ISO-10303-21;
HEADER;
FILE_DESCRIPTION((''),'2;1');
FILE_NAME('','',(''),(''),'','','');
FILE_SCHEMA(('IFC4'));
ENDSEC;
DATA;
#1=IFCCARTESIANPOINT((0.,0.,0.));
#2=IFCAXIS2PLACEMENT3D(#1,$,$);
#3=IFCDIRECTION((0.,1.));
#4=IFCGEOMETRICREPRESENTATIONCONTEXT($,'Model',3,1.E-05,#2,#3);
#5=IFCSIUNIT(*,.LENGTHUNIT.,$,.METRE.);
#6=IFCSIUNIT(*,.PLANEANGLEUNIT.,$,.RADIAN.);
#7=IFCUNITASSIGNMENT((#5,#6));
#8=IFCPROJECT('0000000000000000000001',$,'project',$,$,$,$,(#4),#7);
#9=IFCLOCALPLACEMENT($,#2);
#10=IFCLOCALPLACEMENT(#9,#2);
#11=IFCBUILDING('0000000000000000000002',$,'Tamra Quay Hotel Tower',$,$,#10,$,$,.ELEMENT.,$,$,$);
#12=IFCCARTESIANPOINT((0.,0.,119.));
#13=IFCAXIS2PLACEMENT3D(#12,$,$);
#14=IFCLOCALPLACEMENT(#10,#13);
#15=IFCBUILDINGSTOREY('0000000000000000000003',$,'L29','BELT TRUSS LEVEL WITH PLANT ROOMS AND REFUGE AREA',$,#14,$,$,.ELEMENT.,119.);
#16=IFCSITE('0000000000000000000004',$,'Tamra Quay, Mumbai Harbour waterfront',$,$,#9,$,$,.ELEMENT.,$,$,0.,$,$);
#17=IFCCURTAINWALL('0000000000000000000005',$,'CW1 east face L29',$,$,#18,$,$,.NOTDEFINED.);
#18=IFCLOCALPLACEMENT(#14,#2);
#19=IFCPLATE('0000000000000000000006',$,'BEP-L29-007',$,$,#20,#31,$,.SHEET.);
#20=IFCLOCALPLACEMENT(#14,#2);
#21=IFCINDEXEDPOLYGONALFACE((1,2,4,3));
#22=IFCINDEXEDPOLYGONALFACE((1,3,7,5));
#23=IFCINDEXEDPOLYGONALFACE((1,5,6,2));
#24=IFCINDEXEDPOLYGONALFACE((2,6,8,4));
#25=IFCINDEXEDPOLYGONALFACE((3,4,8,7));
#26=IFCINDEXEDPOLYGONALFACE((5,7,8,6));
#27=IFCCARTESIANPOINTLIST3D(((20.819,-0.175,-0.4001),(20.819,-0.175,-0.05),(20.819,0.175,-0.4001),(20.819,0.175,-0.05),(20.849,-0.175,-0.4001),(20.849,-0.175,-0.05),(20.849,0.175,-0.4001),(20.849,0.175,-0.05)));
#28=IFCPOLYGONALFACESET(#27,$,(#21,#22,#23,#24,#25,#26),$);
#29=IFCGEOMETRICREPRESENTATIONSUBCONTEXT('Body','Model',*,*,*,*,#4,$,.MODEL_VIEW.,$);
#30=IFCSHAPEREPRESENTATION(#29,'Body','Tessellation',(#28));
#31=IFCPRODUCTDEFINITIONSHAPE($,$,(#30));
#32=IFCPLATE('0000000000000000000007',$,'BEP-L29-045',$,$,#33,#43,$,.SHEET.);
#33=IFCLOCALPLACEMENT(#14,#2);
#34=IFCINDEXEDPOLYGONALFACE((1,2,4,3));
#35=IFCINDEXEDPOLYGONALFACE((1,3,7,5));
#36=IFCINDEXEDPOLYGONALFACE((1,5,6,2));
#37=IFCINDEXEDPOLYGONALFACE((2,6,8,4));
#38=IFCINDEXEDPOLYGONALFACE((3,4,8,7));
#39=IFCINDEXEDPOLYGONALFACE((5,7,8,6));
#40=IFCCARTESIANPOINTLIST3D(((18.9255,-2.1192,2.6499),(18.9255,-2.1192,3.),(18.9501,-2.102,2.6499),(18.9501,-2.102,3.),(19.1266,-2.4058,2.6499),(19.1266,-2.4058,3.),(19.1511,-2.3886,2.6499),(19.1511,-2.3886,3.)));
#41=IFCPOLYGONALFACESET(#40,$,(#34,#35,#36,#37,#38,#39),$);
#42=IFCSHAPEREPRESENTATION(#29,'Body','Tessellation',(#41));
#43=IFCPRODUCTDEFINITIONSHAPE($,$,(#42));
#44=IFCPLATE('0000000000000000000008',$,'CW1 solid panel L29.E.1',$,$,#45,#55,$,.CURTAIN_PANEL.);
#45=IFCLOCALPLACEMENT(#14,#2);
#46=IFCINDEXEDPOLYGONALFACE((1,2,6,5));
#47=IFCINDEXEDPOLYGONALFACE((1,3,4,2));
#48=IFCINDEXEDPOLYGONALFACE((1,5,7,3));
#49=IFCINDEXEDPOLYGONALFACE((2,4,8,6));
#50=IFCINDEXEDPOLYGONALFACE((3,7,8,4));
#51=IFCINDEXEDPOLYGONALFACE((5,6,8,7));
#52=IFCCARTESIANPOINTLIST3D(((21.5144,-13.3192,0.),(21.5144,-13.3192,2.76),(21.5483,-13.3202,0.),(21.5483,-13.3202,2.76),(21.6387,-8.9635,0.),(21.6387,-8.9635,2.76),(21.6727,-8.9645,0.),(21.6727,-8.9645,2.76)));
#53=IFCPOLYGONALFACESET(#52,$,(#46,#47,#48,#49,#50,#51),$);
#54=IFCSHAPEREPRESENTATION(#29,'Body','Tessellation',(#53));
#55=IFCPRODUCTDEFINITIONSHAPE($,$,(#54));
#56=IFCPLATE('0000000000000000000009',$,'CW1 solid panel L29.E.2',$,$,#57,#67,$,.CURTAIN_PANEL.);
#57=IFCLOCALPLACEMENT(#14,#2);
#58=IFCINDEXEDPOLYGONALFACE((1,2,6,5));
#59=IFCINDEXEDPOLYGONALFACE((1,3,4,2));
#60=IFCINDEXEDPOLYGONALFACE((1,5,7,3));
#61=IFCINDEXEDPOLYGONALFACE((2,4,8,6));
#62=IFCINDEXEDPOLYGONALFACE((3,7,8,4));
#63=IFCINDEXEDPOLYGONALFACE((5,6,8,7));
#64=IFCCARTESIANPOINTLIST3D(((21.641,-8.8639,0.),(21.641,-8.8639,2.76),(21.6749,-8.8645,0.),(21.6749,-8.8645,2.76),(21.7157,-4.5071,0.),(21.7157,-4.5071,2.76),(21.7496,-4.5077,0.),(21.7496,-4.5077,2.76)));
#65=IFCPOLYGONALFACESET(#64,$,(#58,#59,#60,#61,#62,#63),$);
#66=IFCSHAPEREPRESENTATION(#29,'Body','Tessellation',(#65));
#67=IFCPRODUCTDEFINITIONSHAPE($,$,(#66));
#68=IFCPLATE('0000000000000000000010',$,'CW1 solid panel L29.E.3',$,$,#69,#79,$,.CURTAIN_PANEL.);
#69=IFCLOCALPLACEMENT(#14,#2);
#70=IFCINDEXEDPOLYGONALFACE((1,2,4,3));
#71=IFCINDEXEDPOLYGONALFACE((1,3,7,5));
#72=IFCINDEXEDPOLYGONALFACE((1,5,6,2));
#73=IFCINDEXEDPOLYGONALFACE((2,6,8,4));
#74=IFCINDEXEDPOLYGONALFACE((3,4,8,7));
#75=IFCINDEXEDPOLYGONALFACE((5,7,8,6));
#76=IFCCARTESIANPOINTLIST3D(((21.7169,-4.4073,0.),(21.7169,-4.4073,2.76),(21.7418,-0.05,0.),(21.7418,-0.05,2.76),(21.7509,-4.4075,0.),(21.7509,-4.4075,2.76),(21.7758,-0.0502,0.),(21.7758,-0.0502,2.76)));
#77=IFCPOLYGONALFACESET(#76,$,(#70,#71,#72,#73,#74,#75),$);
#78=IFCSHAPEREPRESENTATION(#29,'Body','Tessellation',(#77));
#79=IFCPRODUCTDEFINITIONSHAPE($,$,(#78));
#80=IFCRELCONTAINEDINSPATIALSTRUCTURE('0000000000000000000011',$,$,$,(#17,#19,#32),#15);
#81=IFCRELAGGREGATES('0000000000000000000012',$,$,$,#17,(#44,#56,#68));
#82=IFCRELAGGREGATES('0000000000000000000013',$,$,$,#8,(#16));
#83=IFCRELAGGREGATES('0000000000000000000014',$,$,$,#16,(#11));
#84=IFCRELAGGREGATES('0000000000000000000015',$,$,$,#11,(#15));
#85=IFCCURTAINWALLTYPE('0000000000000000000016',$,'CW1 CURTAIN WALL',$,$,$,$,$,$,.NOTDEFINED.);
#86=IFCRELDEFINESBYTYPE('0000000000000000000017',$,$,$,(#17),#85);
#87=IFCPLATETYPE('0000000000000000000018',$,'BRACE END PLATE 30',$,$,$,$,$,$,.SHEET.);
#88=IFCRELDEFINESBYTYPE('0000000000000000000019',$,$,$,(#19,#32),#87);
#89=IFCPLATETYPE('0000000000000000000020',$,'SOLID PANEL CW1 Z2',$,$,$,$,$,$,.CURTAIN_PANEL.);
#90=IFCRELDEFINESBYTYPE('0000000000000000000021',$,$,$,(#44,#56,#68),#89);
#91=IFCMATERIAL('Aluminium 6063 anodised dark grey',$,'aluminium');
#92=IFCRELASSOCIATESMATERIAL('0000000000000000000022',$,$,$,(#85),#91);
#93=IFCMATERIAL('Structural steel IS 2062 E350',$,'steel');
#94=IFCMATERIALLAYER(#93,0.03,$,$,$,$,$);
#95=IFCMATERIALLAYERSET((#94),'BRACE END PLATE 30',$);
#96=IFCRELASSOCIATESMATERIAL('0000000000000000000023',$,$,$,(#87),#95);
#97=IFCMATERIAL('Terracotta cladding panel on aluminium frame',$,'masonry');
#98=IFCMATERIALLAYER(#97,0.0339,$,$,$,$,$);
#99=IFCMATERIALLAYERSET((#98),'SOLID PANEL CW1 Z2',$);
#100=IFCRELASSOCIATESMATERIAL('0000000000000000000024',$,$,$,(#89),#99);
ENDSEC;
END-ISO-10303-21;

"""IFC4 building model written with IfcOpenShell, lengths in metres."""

from ifc_helpers import new_model, si_unit, direction, frame, origin, origin_2d, place, context, subcontext, project, spatial, rectangle, extrude, material, layer, layer_set, type_object, element, aggregate, save


model = new_model("IFC4")

# Units and contexts
model_context = context("Model", 3, precision=1e-05, world=origin(), true_north=direction((0.0, 1.0)))
body_context = subcontext(model_context, "Body", "Model", "MODEL_VIEW")
ifc_project = project(units=[si_unit("LENGTHUNIT", "METRE"), si_unit("PLANEANGLEUNIT", "RADIAN")], contexts=[model_context])

# Site, building, storey
site_placement = place(None, origin())
site = spatial("IfcSite", under=ifc_project, at=site_placement, Name="Tamra Quay, Mumbai Harbour waterfront", CompositionType="ELEMENT", RefElevation=0.0)
building_placement = place(site_placement, origin())
building = spatial("IfcBuilding", under=site, at=building_placement, Name="Tamra Quay Hotel Tower", CompositionType="ELEMENT")
storey_placement = place(building_placement, frame((0.0, 0.0, 119.0)))
storey = spatial("IfcBuildingStorey", under=building, at=storey_placement, Name="L29", Description="BELT TRUSS LEVEL WITH PLANT ROOMS AND REFUGE AREA", CompositionType="ELEMENT", Elevation=119.0)

# Shared definitions
ifc_material_1 = material(Name="Structural steel IS 2062 E350", Category="steel")

# Curtain wall
ifc_material_2 = material(Name="Aluminium 6063 anodised dark grey", Category="aluminium")
curtain_wall_type = type_object("IfcCurtainWallType", Name="CW1 CURTAIN WALL", PredefinedType="NOTDEFINED", material=ifc_material_2)
curtain_wall_placement = place(storey_placement, origin())
curtain_wall = element("IfcCurtainWall", 1, at=curtain_wall_placement, inside=storey, type_object=curtain_wall_type, Name="CW1 east face L29", PredefinedType="NOTDEFINED")

# Plates
ifc_layer_1 = layer(ifc_material_1, 0.03)
ifc_layer_set_1 = layer_set([ifc_layer_1], Name="BRACE END PLATE 30")
plate_type_1 = type_object("IfcPlateType", Name="BRACE END PLATE 30", PredefinedType="SHEET", material=ifc_layer_set_1)
for number, where, z_axis, x_axis, name in (
    (2, (20.834, 0.0, -0.4001), (0.0, 0.0, 1.0), (1.0, 0.0, 0.0), "BEP-L29-007"),
    (3, (19.0383, -2.2539, 2.6499), (0.0, 0.0, 1.0), (0.818696, 0.574227, 0.0), "BEP-L29-045"),
):
    element("IfcPlate", number, at=place(storey_placement, frame(where, z_axis=z_axis, x_axis=x_axis)), inside=storey, type_object=plate_type_1, Name=name, PredefinedType="SHEET", context=body_context, shape_type="SweptSolid", body=[
        extrude(rectangle(XDim=0.03, YDim=0.3501, at=origin_2d()), origin(), (0.0, 0.0, 1.0), 0.3501),
    ])

# Plates
ifc_material_3 = material(Name="Terracotta cladding panel on aluminium frame", Category="masonry")
ifc_layer_2 = layer(ifc_material_3, 0.0339)
ifc_layer_set_2 = layer_set([ifc_layer_2], Name="SOLID PANEL CW1 Z2")
plate_type_2 = type_object("IfcPlateType", Name="SOLID PANEL CW1 Z2", PredefinedType="CURTAIN_PANEL", material=ifc_layer_set_2)
plate_1_placement = place(storey_placement, frame((21.5935, -11.1418, 0.0), z_axis=(0.0, 0.0, 1.0), x_axis=(0.028546, 0.999592, 0.0)))
plate_1 = element("IfcPlate", 4, at=plate_1_placement, type_object=plate_type_2, Name="CW1 solid panel L29.E.1", PredefinedType="CURTAIN_PANEL", context=body_context, shape_type="SweptSolid", body=[
    extrude(rectangle(XDim=4.3574, YDim=0.0339, at=origin_2d()), origin(), (0.0, 0.0, 1.0), 2.76),
])
plate_2_placement = place(storey_placement, frame((21.6953, -6.6858, 0.0), z_axis=(0.0, 0.0, 1.0), x_axis=(0.017134, 0.999853, 0.0)))
plate_2 = element("IfcPlate", 5, at=plate_2_placement, type_object=plate_type_2, Name="CW1 solid panel L29.E.2", PredefinedType="CURTAIN_PANEL", context=body_context, shape_type="SweptSolid", body=[
    extrude(rectangle(XDim=4.3574, YDim=0.0339, at=origin_2d()), origin(), (0.0, 0.0, 1.0), 2.76),
])
plate_3_placement = place(storey_placement, frame((21.7463, -2.2288, 0.0), z_axis=(0.0, 0.0, 1.0), x_axis=(0.005713, 0.999984, 0.0)))
plate_3 = element("IfcPlate", 6, at=plate_3_placement, type_object=plate_type_2, Name="CW1 solid panel L29.E.3", PredefinedType="CURTAIN_PANEL", context=body_context, shape_type="SweptSolid", body=[
    extrude(rectangle(XDim=4.3574, YDim=0.0339, at=origin_2d()), origin(), (0.0, 0.0, 1.0), 2.76),
])
aggregate(curtain_wall, [plate_1, plate_2, plate_3])

save(model, "model.ifc")
